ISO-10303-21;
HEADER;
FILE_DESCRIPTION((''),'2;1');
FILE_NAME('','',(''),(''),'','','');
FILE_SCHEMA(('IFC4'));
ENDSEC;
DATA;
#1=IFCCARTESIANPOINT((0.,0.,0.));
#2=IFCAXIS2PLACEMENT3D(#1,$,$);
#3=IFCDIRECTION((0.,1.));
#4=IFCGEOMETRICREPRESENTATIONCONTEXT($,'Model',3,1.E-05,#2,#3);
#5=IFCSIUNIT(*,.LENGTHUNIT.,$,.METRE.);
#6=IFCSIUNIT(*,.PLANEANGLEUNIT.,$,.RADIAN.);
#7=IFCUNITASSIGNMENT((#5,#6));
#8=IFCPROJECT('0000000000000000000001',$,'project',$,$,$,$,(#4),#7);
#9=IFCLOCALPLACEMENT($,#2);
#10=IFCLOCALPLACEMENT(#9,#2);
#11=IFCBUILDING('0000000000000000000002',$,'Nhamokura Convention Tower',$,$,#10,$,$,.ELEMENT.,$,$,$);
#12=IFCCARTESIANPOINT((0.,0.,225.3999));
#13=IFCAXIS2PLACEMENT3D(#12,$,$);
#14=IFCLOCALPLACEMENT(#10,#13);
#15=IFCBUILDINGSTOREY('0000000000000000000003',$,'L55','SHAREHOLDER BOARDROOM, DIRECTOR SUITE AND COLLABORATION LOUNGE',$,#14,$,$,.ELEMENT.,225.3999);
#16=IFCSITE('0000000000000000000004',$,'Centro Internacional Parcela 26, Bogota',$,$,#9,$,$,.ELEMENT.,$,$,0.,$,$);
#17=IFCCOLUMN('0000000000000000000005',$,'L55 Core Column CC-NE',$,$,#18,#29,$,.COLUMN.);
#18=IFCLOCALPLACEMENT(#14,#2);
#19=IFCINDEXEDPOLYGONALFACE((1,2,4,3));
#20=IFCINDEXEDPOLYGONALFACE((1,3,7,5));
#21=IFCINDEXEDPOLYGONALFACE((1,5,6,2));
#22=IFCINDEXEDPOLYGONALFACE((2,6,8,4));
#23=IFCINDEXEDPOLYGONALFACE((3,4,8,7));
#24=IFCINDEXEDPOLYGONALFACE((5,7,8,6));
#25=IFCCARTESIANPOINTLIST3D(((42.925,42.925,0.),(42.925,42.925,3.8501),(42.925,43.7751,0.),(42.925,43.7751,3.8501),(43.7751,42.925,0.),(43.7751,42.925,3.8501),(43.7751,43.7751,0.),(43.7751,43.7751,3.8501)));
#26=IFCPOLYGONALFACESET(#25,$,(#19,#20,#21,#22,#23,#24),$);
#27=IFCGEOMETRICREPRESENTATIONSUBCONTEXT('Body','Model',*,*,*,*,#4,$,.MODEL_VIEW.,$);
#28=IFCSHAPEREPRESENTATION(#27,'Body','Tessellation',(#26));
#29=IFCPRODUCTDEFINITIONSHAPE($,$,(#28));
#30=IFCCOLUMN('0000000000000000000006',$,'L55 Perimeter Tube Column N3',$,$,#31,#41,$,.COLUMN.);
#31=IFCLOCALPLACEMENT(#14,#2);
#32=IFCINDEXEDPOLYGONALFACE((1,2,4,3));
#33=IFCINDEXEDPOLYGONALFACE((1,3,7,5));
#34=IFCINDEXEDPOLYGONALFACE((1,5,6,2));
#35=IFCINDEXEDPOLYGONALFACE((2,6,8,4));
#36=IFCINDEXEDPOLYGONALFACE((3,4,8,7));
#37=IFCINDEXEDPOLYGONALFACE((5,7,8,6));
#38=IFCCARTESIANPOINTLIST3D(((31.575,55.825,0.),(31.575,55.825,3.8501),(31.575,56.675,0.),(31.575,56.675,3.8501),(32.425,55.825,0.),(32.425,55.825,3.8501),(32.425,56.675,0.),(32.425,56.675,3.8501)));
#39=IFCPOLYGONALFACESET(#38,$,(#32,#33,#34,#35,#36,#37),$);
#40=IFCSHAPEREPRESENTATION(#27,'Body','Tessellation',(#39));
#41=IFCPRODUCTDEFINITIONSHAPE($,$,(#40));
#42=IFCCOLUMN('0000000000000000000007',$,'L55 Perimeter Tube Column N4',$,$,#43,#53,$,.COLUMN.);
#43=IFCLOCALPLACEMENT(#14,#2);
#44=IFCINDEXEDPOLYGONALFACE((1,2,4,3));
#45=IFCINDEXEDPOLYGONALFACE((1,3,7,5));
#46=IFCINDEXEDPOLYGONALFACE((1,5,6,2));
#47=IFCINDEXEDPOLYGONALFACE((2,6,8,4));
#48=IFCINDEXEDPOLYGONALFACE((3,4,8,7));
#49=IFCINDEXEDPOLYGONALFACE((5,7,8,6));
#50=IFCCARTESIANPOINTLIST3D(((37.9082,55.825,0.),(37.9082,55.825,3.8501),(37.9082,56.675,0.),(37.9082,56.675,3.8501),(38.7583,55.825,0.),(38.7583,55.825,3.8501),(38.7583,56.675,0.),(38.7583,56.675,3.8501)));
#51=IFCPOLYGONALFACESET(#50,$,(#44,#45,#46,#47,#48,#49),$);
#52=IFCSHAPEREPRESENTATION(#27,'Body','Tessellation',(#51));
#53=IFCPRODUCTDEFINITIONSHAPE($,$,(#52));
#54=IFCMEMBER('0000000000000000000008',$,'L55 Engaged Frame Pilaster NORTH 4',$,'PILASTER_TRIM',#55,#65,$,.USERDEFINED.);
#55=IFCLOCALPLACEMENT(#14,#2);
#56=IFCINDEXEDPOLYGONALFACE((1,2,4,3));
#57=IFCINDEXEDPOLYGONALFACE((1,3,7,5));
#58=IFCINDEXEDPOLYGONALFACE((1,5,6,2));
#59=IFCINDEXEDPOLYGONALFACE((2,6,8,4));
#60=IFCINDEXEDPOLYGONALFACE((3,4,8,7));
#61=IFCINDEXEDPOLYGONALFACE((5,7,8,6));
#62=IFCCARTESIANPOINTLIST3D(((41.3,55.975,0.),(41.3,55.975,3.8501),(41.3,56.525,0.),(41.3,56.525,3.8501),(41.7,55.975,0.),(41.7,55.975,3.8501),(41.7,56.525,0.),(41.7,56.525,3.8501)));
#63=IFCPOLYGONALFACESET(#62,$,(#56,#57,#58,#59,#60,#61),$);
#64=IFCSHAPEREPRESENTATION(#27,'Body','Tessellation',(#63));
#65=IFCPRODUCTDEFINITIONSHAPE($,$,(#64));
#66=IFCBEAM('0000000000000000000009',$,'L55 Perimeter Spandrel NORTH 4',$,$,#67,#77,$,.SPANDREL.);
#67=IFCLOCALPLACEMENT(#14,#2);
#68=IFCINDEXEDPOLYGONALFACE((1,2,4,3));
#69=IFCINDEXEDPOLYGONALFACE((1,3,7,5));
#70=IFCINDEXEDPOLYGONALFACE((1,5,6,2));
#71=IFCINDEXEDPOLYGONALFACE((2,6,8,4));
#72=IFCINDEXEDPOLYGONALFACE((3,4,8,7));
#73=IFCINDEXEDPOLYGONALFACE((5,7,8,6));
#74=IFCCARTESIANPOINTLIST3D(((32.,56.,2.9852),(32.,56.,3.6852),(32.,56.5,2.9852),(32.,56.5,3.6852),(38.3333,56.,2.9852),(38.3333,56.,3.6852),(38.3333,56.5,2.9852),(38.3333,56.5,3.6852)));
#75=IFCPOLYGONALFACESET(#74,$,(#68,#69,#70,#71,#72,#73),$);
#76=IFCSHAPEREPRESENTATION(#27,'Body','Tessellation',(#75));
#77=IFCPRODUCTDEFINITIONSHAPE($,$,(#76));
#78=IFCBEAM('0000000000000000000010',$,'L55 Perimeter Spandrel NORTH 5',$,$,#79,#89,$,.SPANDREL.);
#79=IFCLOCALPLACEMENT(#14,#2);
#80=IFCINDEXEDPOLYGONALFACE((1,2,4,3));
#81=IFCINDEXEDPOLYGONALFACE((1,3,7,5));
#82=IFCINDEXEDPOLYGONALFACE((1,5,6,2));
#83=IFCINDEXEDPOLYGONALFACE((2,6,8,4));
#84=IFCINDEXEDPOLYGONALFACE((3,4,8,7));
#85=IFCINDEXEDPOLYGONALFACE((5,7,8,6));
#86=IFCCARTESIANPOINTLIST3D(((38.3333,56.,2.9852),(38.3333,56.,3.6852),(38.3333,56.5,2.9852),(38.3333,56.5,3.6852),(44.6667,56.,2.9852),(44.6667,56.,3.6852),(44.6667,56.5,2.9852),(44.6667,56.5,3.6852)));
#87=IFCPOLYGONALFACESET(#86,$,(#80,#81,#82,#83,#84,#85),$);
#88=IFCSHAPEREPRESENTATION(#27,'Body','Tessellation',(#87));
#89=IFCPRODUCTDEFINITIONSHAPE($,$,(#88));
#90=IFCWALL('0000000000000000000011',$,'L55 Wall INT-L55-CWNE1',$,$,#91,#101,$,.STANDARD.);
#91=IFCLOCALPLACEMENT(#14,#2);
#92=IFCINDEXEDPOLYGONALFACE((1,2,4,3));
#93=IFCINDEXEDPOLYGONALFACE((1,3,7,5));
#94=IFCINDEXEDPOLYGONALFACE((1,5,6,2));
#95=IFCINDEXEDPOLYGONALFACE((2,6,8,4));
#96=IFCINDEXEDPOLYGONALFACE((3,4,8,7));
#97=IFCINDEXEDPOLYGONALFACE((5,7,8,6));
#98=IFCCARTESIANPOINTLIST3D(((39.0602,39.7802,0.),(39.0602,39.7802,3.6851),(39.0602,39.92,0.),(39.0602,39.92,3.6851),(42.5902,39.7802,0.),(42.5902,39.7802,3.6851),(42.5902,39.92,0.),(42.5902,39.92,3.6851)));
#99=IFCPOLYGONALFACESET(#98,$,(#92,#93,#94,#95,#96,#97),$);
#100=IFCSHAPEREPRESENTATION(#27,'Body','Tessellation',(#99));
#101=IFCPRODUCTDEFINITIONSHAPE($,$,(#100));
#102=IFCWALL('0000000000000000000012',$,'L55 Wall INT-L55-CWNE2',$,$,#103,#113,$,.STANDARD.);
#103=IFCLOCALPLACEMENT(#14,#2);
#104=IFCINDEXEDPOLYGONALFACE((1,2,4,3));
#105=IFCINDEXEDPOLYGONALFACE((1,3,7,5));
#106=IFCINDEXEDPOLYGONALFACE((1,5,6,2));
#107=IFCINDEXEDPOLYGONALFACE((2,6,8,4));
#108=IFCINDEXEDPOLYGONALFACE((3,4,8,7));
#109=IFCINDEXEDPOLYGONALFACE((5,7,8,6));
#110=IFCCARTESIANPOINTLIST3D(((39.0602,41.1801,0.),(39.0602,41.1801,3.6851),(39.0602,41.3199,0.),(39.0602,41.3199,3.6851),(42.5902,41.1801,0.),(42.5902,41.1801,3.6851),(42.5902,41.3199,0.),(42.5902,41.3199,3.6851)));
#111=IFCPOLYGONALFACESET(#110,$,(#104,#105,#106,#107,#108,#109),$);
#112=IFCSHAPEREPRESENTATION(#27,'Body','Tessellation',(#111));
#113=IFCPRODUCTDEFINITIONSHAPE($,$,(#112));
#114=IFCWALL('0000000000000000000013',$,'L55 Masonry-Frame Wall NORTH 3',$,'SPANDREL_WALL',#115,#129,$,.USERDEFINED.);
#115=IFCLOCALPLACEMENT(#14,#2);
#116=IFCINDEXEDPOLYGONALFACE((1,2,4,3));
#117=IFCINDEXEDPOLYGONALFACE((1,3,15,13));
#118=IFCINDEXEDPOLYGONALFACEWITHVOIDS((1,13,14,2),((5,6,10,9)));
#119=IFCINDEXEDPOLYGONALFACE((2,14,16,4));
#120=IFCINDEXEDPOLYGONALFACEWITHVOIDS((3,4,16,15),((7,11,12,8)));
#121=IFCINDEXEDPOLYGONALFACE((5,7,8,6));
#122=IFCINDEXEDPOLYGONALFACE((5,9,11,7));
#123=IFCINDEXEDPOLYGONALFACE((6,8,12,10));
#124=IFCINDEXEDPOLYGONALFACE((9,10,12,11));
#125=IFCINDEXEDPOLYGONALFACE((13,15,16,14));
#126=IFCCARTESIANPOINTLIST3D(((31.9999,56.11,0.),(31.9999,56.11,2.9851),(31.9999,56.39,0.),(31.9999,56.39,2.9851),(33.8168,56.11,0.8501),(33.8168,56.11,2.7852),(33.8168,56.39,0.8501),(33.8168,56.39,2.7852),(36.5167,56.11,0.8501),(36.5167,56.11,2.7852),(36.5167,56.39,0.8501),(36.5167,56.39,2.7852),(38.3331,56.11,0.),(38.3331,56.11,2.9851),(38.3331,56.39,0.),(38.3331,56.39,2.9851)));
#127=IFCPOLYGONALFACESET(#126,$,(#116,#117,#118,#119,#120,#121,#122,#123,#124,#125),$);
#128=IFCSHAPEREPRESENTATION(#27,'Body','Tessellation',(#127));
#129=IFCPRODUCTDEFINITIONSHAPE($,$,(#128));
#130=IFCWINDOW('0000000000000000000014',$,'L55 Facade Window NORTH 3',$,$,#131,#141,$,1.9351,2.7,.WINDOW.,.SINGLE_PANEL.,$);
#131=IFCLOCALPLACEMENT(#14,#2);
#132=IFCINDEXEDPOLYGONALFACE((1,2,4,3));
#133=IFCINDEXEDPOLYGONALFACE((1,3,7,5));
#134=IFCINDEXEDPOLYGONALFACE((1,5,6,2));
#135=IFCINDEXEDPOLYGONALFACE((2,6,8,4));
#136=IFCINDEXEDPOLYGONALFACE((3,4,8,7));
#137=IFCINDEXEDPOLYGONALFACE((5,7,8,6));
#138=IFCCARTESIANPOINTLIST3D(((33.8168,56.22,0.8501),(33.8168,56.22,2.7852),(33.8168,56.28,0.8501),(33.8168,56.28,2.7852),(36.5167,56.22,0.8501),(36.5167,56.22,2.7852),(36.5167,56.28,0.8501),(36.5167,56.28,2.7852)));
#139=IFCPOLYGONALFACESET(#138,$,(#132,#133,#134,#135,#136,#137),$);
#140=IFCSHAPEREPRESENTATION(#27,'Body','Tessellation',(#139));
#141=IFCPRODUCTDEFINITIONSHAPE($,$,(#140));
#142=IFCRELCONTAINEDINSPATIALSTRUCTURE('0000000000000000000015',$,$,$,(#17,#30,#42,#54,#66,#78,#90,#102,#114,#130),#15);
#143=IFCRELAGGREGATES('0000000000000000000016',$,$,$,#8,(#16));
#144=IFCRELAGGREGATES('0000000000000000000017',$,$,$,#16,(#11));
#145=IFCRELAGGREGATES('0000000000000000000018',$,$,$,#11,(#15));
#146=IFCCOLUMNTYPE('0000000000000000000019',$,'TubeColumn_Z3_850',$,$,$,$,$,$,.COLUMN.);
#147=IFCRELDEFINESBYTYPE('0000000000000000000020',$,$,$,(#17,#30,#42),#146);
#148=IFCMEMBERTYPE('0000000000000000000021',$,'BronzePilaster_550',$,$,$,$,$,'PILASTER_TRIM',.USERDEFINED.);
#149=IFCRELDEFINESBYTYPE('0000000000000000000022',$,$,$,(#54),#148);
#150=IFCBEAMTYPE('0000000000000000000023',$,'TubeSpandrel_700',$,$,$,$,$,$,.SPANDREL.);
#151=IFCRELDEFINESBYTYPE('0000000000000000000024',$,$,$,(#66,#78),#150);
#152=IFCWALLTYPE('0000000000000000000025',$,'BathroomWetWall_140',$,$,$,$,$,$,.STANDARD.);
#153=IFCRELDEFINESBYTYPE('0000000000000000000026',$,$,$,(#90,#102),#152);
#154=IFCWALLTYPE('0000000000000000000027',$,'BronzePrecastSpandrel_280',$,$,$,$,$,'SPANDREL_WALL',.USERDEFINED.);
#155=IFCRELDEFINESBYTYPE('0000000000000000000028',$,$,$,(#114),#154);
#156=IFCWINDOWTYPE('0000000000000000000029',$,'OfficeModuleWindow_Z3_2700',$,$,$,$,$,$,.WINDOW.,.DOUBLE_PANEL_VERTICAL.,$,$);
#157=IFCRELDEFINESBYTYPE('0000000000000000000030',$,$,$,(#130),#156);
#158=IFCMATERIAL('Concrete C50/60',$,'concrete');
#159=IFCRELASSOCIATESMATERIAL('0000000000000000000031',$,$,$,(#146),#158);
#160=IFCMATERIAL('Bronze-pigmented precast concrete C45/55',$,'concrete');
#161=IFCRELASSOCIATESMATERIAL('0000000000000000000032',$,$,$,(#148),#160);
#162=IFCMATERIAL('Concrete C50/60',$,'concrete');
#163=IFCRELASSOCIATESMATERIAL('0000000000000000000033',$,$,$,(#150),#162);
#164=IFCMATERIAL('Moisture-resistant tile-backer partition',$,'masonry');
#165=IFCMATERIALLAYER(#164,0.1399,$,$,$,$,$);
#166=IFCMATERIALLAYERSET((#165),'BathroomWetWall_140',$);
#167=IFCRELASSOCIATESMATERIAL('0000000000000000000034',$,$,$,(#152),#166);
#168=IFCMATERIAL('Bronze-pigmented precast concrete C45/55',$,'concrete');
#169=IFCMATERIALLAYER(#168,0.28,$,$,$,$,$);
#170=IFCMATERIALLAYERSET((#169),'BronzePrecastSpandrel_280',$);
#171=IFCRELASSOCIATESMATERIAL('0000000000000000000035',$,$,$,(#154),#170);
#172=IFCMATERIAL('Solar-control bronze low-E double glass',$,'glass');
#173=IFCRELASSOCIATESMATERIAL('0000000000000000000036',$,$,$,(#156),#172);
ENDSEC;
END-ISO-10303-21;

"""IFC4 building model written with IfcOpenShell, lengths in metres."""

from ifc_helpers import new_model, si_unit, direction, frame, frame_2d, origin, origin_2d, place, context, subcontext, project, spatial, rectangle, extrude, material, layer, layer_set, material_profile, profile_set, type_object, element, fill, save


model = new_model("IFC4")

# Units and contexts
model_context = context("Model", 3, precision=1e-05, world=origin(), true_north=direction((0.0, 1.0)))
body_context = subcontext(model_context, "Body", "Model", "MODEL_VIEW")
ifc_project = project(units=[si_unit("LENGTHUNIT", "METRE"), si_unit("PLANEANGLEUNIT", "RADIAN")], contexts=[model_context])

# Site, building, storey
site_placement = place(None, origin())
site = spatial("IfcSite", under=ifc_project, at=site_placement, Name="Centro Internacional Parcela 26, Bogota", CompositionType="ELEMENT", RefElevation=0.0)
building_placement = place(site_placement, origin())
building = spatial("IfcBuilding", under=site, at=building_placement, Name="Nhamokura Convention Tower", CompositionType="ELEMENT")
storey_placement = place(building_placement, frame((0.0, 0.0, 225.3999)))
storey = spatial("IfcBuildingStorey", under=building, at=storey_placement, Name="L55", Description="SHAREHOLDER BOARDROOM, DIRECTOR SUITE AND COLLABORATION LOUNGE", CompositionType="ELEMENT", Elevation=225.3999)

# Columns
ifc_material_1 = material(Name="Concrete C50/60", Category="concrete")
ifc_material_profile_1 = material_profile(ifc_material_1, rectangle(XDim=0.8501, YDim=0.8501, at=origin_2d()))
ifc_profile_set_1 = profile_set([ifc_material_profile_1], Name="Concrete C50/60")
column_type = type_object("IfcColumnType", Name="TubeColumn_Z3_850", PredefinedType="COLUMN", material=ifc_profile_set_1)
for number, where, z_axis, x_axis, name in (
    (1, (43.3501, 43.3501, 0.0), (0.0, 0.0, 1.0), (1.0, 0.0, 0.0), "L55 Core Column CC-NE"),
    (2, (32.0, 56.25, 0.0), (0.0, 0.0, 1.0), (1.0, 0.0, 0.0), "L55 Perimeter Tube Column N3"),
    (3, (38.3333, 56.25, 0.0), (0.0, 0.0, 1.0), (1.0, 0.0, 0.0), "L55 Perimeter Tube Column N4"),
):
    element("IfcColumn", number, at=place(storey_placement, frame(where, z_axis=z_axis, x_axis=x_axis)), inside=storey, type_object=column_type, Name=name, PredefinedType="COLUMN", context=body_context, shape_type="SweptSolid", body=[
        extrude(rectangle(XDim=0.8501, YDim=0.8501, at=origin_2d()), origin(), (0.0, 0.0, 1.0), 3.8501),
    ])

# Member
ifc_material_2 = material(Name="Bronze-pigmented precast concrete C45/55", Category="concrete")
ifc_material_profile_2 = material_profile(ifc_material_2, rectangle(XDim=0.3999, YDim=0.55, at=origin_2d()))
ifc_profile_set_2 = profile_set([ifc_material_profile_2], Name="Bronze-pigmented precast concrete C45/55")
member_type = type_object("IfcMemberType", Name="BronzePilaster_550", ElementType="PILASTER_TRIM", PredefinedType="USERDEFINED", material=ifc_profile_set_2)
member_placement = place(storey_placement, frame((41.5, 56.25, 0.0), z_axis=(0.0, 0.0, 1.0), x_axis=(1.0, 0.0, 0.0)))
element("IfcMember", 4, at=member_placement, inside=storey, type_object=member_type, Name="L55 Engaged Frame Pilaster NORTH 4", ObjectType="PILASTER_TRIM", PredefinedType="USERDEFINED", context=body_context, shape_type="SweptSolid", body=[
    extrude(rectangle(XDim=0.3999, YDim=0.55, at=origin_2d()), origin(), (0.0, 0.0, 1.0), 3.8501),
])

# Beams
ifc_material_3 = material(Name="Concrete C50/60", Category="concrete")
ifc_material_profile_3 = material_profile(ifc_material_3, rectangle(XDim=0.5, YDim=0.7, at=origin_2d()))
ifc_profile_set_3 = profile_set([ifc_material_profile_3], Name="Concrete C50/60")
beam_type = type_object("IfcBeamType", Name="TubeSpandrel_700", PredefinedType="SPANDREL", material=ifc_profile_set_3)
beam_1_placement = place(storey_placement, frame((32.0, 56.25, 3.3352), z_axis=(1.0, 0.0, 0.0), x_axis=(0.0, 1.0, 0.0)))
element("IfcBeam", 5, at=beam_1_placement, inside=storey, type_object=beam_type, Name="L55 Perimeter Spandrel NORTH 4", PredefinedType="SPANDREL", context=body_context, shape_type="SweptSolid", body=[
    extrude(rectangle(XDim=0.5, YDim=0.7, at=origin_2d()), origin(), (0.0, 0.0, 1.0), 6.3333),
])
beam_2_placement = place(storey_placement, frame((38.3333, 56.25, 3.3352), z_axis=(1.0, 0.0, 0.0), x_axis=(0.0, 1.0, 0.0)))
element("IfcBeam", 6, at=beam_2_placement, inside=storey, type_object=beam_type, Name="L55 Perimeter Spandrel NORTH 5", PredefinedType="SPANDREL", context=body_context, shape_type="SweptSolid", body=[
    extrude(rectangle(XDim=0.5, YDim=0.7, at=origin_2d()), origin(), (0.0, 0.0, 1.0), 6.3335),
])

# Walls
ifc_material_4 = material(Name="Moisture-resistant tile-backer partition", Category="masonry")
ifc_layer_1 = layer(ifc_material_4, 0.1399)
ifc_layer_set_1 = layer_set([ifc_layer_1], Name="BathroomWetWall_140")
wall_type_1 = type_object("IfcWallType", Name="BathroomWetWall_140", PredefinedType="STANDARD", material=ifc_layer_set_1)
for number, where, z_axis, x_axis, name in (
    (7, (39.0601, 39.8501, 0.0), (0.0, 0.0, 1.0), (1.0, 0.0, 0.0), "L55 Wall INT-L55-CWNE1"),
    (8, (39.0601, 41.25, 0.0), (0.0, 0.0, 1.0), (1.0, 0.0, 0.0), "L55 Wall INT-L55-CWNE2"),
):
    element("IfcWall", number, at=place(storey_placement, frame(where, z_axis=z_axis, x_axis=x_axis)), inside=storey, type_object=wall_type_1, Name=name, PredefinedType="STANDARD", context=body_context, shape_type="SweptSolid", body=[
        extrude(rectangle(XDim=3.53, YDim=0.1399, at=frame_2d((1.7651, 0.0))), origin(), (0.0, 0.0, 1.0), 3.6851),
    ])

# Wall, opening, window
ifc_material_5 = material(Name="Bronze-pigmented precast concrete C45/55", Category="concrete")
ifc_layer_2 = layer(ifc_material_5, 0.28)
ifc_layer_set_2 = layer_set([ifc_layer_2], Name="BronzePrecastSpandrel_280")
wall_type_2 = type_object("IfcWallType", Name="BronzePrecastSpandrel_280", ElementType="SPANDREL_WALL", PredefinedType="USERDEFINED", material=ifc_layer_set_2)
wall_1_placement = place(storey_placement, frame((32.0, 56.25, 0.0), z_axis=(0.0, 0.0, 1.0), x_axis=(1.0, 0.0, 0.0)))
wall_1 = element("IfcWall", 9, at=wall_1_placement, inside=storey, type_object=wall_type_2, Name="L55 Masonry-Frame Wall NORTH 3", ObjectType="SPANDREL_WALL", PredefinedType="USERDEFINED", context=body_context, shape_type="SweptSolid", body=[
    extrude(rectangle(XDim=6.3333, YDim=0.28, at=frame_2d((3.1665, 0.0))), origin(), (0.0, 0.0, 1.0), 2.9851),
])
opening_1_placement = place(wall_1_placement, frame((1.8167, 0.0, 0.8501)))
opening_1 = element("IfcOpeningElement", 10, at=opening_1_placement, cuts=wall_1, PredefinedType="OPENING", context=body_context, shape_type="SweptSolid", body=[
    extrude(rectangle(XDim=2.7, YDim=1.9351, at=frame_2d((1.3501, 0.9675))), frame((0.0, 0.1499, 0.0), z_axis=(0.0, -1.0, 0.0), x_axis=(1.0, 0.0, 0.0)), (0.0, 0.0, 1.0), 0.3),
])
ifc_material_6 = material(Name="Solar-control bronze low-E double glass", Category="glass")
window_type_1 = type_object("IfcWindowType", Name="OfficeModuleWindow_Z3_2700", PartitioningType="DOUBLE_PANEL_VERTICAL", PredefinedType="WINDOW", material=ifc_material_6)
window_1_placement = place(opening_1_placement, origin())
window_1 = element("IfcWindow", 11, at=window_1_placement, inside=storey, type_object=window_type_1, Name="L55 Facade Window NORTH 3", OverallHeight=1.9351, OverallWidth=2.7, PartitioningType="SINGLE_PANEL", PredefinedType="WINDOW", context=body_context, shape_type="SweptSolid", body=[
    extrude(rectangle(XDim=2.7, YDim=1.9351, at=frame_2d((1.3501, 0.9675))), frame((0.0, 0.03, 0.0), z_axis=(0.0, -1.0, 0.0), x_axis=(1.0, 0.0, 0.0)), (0.0, 0.0, 1.0), 0.0601),
])
fill(opening_1, window_1)

save(model, "model.ifc")
